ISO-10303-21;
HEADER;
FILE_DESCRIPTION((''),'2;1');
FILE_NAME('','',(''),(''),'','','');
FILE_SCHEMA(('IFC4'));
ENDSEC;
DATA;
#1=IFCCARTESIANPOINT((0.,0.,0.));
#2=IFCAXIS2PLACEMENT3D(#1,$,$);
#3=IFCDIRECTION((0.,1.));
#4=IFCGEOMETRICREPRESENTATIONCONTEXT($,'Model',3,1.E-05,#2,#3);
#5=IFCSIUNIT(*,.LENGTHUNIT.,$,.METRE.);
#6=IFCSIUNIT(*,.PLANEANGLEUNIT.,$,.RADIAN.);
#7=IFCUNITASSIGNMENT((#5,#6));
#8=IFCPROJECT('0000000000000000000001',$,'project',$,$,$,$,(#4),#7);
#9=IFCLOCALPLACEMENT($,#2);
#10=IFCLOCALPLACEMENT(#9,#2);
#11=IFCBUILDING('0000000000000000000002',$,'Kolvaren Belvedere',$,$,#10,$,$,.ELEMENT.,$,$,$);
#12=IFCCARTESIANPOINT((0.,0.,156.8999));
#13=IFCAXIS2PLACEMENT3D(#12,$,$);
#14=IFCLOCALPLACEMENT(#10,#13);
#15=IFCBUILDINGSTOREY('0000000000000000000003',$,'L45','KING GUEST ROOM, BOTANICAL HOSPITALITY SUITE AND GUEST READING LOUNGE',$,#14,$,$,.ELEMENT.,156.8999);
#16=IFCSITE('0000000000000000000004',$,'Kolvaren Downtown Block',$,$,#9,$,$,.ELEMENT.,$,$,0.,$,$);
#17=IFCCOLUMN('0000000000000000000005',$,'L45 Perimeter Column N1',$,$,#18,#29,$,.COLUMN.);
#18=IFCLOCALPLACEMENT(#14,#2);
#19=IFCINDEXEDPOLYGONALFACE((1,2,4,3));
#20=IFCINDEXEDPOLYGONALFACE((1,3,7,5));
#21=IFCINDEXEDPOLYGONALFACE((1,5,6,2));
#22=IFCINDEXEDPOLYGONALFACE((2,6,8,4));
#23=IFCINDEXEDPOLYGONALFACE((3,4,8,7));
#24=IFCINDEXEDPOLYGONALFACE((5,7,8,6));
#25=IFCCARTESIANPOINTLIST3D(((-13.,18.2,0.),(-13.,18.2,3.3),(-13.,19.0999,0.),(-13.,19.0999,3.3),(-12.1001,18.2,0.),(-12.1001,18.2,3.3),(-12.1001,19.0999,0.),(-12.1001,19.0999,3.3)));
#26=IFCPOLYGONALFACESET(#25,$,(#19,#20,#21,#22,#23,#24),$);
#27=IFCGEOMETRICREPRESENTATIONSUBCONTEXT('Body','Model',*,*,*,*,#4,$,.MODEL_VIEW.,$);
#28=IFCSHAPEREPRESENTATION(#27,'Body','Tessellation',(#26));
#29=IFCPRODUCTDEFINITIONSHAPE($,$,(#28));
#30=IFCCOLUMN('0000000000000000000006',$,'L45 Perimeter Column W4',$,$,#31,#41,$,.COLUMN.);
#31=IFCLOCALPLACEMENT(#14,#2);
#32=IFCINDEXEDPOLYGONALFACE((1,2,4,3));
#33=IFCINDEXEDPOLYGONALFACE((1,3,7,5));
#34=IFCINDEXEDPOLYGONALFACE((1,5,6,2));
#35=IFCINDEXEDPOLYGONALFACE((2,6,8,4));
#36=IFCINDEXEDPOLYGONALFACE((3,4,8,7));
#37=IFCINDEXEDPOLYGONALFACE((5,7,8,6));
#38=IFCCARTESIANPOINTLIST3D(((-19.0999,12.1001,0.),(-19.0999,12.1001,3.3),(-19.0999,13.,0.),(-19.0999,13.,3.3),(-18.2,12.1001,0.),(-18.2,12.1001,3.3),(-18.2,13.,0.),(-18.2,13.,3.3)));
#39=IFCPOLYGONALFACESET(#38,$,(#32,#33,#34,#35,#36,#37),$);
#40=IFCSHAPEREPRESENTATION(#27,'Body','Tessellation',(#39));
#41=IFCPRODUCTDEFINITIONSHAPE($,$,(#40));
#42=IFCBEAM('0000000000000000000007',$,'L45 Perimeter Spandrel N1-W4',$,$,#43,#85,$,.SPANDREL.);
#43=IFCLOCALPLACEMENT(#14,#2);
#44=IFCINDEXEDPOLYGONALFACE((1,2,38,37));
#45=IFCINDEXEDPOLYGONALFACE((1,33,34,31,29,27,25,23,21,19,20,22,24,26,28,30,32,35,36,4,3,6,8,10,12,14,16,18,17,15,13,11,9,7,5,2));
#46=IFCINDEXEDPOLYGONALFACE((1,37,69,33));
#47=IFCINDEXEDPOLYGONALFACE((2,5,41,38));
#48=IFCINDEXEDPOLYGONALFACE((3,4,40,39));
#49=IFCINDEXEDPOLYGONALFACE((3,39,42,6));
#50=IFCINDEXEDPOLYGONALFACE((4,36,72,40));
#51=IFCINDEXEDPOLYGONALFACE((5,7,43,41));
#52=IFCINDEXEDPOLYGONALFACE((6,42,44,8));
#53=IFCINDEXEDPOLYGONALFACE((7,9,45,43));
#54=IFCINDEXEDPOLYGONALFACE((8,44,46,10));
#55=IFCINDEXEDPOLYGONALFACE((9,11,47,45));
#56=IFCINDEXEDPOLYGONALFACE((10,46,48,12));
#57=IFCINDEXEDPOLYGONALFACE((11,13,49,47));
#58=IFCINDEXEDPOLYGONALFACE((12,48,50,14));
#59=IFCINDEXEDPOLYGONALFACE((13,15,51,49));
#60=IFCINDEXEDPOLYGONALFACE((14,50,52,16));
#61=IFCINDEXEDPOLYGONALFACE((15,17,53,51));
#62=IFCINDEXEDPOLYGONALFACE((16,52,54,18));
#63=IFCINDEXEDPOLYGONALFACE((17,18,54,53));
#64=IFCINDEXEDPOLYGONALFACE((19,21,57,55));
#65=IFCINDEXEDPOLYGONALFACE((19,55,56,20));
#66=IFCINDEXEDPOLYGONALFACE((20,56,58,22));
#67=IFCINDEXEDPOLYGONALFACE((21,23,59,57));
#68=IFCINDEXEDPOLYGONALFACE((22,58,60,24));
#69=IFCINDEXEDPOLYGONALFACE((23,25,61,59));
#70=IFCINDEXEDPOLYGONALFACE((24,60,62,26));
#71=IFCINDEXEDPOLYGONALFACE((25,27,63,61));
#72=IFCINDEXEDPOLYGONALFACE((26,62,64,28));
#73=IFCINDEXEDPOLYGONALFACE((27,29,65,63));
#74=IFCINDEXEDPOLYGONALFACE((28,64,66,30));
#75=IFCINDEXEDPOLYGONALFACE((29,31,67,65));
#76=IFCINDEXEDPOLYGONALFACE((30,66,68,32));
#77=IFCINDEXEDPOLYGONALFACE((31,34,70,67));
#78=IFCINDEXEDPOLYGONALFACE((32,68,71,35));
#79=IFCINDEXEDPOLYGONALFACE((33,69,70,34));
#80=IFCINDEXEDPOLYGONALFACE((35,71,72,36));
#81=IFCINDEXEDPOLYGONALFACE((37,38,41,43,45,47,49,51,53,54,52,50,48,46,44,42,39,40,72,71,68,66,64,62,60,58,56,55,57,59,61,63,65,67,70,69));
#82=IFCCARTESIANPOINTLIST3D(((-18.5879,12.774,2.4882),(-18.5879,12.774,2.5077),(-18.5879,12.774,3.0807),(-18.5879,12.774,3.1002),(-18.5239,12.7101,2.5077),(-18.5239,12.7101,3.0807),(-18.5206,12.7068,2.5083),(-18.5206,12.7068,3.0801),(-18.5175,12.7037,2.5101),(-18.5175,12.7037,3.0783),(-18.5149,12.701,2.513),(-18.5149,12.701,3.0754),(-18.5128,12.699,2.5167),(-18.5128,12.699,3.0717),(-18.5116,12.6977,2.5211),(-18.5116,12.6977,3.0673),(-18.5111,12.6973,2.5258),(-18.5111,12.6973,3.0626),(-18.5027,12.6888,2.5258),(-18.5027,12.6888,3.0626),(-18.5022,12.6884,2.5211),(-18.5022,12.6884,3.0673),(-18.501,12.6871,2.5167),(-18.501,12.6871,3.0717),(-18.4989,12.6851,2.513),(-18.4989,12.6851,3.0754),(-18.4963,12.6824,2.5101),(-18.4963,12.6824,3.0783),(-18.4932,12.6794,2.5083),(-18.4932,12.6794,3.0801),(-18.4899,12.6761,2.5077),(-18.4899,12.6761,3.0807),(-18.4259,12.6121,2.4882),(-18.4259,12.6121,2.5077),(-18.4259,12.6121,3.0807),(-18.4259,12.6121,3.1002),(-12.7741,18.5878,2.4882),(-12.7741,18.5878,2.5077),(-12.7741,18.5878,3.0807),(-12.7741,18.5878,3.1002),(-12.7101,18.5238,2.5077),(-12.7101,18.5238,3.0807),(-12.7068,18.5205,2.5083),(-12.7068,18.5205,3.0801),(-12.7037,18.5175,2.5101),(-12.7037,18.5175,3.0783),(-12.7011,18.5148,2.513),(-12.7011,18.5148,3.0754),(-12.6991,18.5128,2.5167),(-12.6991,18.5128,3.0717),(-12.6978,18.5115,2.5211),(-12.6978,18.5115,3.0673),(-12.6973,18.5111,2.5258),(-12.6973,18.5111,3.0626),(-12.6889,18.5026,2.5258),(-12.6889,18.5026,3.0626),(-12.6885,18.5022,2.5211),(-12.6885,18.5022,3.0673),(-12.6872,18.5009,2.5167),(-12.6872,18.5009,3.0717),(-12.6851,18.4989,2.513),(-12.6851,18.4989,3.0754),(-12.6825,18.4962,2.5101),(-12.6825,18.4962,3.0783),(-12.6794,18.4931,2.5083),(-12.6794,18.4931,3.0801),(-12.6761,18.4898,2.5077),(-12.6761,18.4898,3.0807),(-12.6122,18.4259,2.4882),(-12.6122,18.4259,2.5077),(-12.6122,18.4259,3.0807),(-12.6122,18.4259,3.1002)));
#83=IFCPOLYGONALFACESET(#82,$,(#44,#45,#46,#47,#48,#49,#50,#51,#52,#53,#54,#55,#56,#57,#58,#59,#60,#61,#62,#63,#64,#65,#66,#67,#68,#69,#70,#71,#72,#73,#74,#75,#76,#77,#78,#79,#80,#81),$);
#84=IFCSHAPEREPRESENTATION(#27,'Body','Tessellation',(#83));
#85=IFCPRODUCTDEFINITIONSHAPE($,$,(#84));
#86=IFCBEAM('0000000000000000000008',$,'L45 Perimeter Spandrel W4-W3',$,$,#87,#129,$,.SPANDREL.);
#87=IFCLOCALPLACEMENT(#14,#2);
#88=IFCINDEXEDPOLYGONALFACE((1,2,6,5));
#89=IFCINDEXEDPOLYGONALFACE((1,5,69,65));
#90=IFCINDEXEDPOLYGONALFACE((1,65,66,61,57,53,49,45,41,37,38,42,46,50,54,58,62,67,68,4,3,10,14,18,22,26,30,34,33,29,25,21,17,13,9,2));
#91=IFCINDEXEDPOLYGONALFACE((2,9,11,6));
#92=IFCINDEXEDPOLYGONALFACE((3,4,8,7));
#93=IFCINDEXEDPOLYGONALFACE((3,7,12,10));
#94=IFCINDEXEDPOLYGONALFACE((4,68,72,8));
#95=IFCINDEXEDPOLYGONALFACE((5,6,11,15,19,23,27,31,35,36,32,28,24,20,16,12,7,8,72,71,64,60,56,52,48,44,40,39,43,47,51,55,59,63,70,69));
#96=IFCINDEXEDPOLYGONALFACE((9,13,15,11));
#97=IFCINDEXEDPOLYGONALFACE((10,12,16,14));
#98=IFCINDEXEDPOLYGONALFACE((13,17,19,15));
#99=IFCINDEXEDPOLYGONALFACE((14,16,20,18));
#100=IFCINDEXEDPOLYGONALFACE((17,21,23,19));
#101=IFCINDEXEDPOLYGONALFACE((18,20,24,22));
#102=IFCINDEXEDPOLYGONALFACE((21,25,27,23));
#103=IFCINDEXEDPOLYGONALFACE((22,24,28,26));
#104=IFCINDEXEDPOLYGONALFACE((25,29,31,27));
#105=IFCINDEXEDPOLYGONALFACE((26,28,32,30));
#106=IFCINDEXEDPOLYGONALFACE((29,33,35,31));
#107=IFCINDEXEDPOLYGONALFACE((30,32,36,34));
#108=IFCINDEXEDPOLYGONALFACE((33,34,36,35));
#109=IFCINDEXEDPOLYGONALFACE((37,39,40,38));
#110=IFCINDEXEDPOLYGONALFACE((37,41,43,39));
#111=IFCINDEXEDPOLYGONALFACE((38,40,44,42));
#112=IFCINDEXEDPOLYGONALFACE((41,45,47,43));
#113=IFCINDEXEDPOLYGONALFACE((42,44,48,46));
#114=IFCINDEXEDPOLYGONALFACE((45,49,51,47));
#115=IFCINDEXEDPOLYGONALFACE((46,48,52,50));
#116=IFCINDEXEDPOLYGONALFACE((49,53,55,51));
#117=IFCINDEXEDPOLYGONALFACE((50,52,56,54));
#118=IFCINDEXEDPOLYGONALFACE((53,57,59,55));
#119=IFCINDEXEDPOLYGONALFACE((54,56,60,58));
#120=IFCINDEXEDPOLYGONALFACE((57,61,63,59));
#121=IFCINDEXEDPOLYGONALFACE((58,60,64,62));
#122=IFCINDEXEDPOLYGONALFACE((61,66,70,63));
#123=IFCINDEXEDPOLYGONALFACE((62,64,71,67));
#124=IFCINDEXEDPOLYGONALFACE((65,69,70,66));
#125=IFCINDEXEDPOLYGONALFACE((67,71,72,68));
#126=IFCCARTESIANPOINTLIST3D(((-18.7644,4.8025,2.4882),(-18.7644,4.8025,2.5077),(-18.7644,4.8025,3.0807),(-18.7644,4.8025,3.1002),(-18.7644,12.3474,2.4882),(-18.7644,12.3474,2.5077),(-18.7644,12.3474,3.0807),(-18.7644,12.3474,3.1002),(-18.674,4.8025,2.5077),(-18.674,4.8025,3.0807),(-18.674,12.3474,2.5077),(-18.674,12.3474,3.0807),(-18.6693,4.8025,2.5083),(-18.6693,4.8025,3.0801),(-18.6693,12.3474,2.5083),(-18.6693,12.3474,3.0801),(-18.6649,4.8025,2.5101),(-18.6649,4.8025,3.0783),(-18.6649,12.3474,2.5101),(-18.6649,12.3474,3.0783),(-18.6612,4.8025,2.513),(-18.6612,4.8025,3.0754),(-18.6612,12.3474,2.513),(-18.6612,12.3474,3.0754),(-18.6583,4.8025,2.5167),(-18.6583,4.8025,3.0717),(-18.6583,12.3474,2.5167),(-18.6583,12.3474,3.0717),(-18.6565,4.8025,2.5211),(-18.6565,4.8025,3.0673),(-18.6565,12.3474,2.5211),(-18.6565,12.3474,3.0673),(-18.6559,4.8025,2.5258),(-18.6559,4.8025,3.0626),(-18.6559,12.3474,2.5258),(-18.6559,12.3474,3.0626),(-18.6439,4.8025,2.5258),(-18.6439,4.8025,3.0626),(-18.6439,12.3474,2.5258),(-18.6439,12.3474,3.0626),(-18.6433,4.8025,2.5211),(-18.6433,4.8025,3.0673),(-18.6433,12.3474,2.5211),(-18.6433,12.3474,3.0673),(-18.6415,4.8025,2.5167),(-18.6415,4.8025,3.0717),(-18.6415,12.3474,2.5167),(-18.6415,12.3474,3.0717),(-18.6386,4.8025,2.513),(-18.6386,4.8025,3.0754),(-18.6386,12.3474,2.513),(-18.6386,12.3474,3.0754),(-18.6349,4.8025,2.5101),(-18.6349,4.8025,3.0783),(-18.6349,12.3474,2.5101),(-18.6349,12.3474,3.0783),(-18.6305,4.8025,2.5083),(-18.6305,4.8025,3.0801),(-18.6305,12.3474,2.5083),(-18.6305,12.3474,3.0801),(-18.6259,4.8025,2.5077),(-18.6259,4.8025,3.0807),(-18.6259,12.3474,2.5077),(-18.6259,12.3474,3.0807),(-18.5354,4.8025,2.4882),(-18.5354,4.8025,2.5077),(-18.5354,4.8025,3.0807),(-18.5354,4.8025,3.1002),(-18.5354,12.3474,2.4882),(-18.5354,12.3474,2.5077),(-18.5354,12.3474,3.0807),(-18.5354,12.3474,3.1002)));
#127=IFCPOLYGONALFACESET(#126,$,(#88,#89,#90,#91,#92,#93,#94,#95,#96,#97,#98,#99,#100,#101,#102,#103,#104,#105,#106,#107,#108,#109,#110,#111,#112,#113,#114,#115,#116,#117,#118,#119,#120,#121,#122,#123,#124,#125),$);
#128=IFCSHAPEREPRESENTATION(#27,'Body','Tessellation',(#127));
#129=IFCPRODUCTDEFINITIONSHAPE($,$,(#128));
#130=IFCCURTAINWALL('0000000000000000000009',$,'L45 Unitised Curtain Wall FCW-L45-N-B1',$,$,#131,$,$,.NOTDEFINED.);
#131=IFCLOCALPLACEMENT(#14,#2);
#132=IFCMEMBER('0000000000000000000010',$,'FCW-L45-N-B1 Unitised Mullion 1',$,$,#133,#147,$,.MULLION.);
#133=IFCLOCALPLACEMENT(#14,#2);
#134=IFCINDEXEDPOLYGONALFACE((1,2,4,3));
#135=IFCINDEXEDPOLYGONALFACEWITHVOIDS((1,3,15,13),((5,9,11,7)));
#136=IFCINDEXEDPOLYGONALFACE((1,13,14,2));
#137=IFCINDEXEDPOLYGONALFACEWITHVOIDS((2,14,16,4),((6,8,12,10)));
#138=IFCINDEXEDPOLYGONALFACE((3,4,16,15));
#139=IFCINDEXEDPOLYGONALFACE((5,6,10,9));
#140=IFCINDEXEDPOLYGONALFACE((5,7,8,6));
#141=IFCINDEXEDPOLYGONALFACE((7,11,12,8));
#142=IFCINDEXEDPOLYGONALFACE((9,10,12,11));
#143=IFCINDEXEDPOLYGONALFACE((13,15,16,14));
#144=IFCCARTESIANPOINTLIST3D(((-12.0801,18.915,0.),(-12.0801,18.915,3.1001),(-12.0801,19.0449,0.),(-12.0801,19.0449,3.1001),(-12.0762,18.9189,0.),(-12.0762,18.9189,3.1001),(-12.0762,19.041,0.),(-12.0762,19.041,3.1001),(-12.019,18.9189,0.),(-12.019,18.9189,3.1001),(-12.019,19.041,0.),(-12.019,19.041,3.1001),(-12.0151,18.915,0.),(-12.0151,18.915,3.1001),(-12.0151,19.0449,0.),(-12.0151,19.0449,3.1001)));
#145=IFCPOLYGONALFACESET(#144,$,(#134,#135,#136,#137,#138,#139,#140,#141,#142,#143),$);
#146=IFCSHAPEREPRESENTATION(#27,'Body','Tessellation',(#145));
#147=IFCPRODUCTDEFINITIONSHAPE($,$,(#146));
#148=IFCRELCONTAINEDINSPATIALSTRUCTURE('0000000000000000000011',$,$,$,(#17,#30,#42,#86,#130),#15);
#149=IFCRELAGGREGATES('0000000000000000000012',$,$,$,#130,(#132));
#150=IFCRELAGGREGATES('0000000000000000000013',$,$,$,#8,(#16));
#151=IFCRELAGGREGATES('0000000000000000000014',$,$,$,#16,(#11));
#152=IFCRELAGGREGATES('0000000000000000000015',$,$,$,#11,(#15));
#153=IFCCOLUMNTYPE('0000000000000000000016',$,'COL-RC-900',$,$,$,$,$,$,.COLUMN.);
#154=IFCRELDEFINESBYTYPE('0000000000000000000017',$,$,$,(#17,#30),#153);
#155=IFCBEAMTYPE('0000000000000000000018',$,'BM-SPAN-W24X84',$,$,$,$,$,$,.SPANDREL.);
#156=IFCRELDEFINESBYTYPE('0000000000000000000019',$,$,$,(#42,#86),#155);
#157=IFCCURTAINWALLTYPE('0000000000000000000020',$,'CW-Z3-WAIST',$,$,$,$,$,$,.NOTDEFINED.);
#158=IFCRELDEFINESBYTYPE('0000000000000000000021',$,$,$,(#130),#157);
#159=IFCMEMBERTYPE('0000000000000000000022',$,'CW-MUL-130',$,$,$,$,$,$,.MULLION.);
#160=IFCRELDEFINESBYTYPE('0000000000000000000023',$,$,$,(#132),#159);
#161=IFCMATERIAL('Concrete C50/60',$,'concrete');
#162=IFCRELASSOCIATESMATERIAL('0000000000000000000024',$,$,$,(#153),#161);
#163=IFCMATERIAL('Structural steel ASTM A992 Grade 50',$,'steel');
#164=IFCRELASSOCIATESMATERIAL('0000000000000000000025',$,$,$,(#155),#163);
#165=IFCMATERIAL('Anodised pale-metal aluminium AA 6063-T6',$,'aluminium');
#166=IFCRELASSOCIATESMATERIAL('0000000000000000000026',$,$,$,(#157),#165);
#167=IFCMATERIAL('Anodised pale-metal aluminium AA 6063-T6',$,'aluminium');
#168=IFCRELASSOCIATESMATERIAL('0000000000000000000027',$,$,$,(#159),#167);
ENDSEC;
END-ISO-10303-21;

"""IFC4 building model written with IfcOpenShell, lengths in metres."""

from ifc_helpers import new_model, si_unit, direction, frame, origin, origin_2d, place, context, subcontext, project, spatial, rectangle, hollow_rectangle, i_section, extrude, material, material_profile, profile_set, type_object, element, aggregate, save


model = new_model("IFC4")

# Units and contexts
model_context = context("Model", 3, precision=1e-05, world=origin(), true_north=direction((0.0, 1.0)))
body_context = subcontext(model_context, "Body", "Model", "MODEL_VIEW")
ifc_project = project(units=[si_unit("LENGTHUNIT", "METRE"), si_unit("PLANEANGLEUNIT", "RADIAN")], contexts=[model_context])

# Site, building, storey
site_placement = place(None, origin())
site = spatial("IfcSite", under=ifc_project, at=site_placement, Name="Kolvaren Downtown Block", CompositionType="ELEMENT", RefElevation=0.0)
building_placement = place(site_placement, origin())
building = spatial("IfcBuilding", under=site, at=building_placement, Name="Kolvaren Belvedere", CompositionType="ELEMENT")
storey_placement = place(building_placement, frame((0.0, 0.0, 156.8999)))
storey = spatial("IfcBuildingStorey", under=building, at=storey_placement, Name="L45", Description="KING GUEST ROOM, BOTANICAL HOSPITALITY SUITE AND GUEST READING LOUNGE", CompositionType="ELEMENT", Elevation=156.8999)

# Columns
ifc_material_1 = material(Name="Concrete C50/60", Category="concrete")
ifc_material_profile_1 = material_profile(ifc_material_1, rectangle(XDim=0.8999, YDim=0.8999, at=origin_2d()), Name="RC 900X900")
ifc_profile_set_1 = profile_set([ifc_material_profile_1], Name="Concrete C50/60")
column_type = type_object("IfcColumnType", Name="COL-RC-900", PredefinedType="COLUMN", material=ifc_profile_set_1)
for number, where, z_axis, x_axis, name in (
    (1, (-12.55, 18.6499, 0.0), (0.0, 0.0, 1.0), (1.0, 0.0, 0.0), "L45 Perimeter Column N1"),
    (2, (-18.6499, 12.55, 0.0), (0.0, 0.0, 1.0), (1.0, 0.0, 0.0), "L45 Perimeter Column W4"),
):
    element("IfcColumn", number, at=place(storey_placement, frame(where, z_axis=z_axis, x_axis=x_axis)), inside=storey, type_object=column_type, Name=name, PredefinedType="COLUMN", context=body_context, shape_type="SweptSolid", body=[
        extrude(rectangle(XDim=0.8999, YDim=0.8999, at=origin_2d()), origin(), (0.0, 0.0, 1.0), 3.3),
    ])

# Beams
ifc_material_2 = material(Name="Structural steel ASTM A992 Grade 50", Category="steel")
ifc_material_profile_2 = material_profile(ifc_material_2, i_section(OverallWidth=0.229, OverallDepth=0.6121, WebThickness=0.012, FlangeThickness=0.0195, FilletRadius=0.0181, at=origin_2d()), Name="W24X84")
ifc_profile_set_2 = profile_set([ifc_material_profile_2], Name="Structural steel ASTM A992 Grade 50")
beam_type = type_object("IfcBeamType", Name="BM-SPAN-W24X84", PredefinedType="SPANDREL", material=ifc_profile_set_2)
beam_1_placement = place(storey_placement, frame((-12.6931, 18.5068, 2.7942), z_axis=(-0.707107, -0.707107, 0.0), x_axis=(0.707107, -0.707107, 0.0)))
element("IfcBeam", 3, at=beam_1_placement, inside=storey, type_object=beam_type, Name="L45 Perimeter Spandrel N1-W4", PredefinedType="SPANDREL", context=body_context, shape_type="SweptSolid", body=[
    extrude(i_section(OverallWidth=0.229, OverallDepth=0.6121, WebThickness=0.012, FlangeThickness=0.0195, FilletRadius=0.0181, at=origin_2d()), origin(), (0.0, 0.0, 1.0), 8.2219),
])
beam_2_placement = place(storey_placement, frame((-18.6499, 12.3474, 2.7942), z_axis=(0.0, -1.0, 0.0), x_axis=(1.0, 0.0, 0.0)))
element("IfcBeam", 4, at=beam_2_placement, inside=storey, type_object=beam_type, Name="L45 Perimeter Spandrel W4-W3", PredefinedType="SPANDREL", context=body_context, shape_type="SweptSolid", body=[
    extrude(i_section(OverallWidth=0.229, OverallDepth=0.6121, WebThickness=0.012, FlangeThickness=0.0195, FilletRadius=0.0181, at=origin_2d()), origin(), (0.0, 0.0, 1.0), 7.5449),
])

# Curtain wall, member
ifc_material_3 = material(Name="Anodised pale-metal aluminium AA 6063-T6", Category="aluminium")
curtain_wall_type = type_object("IfcCurtainWallType", Name="CW-Z3-WAIST", PredefinedType="NOTDEFINED", material=ifc_material_3)
curtain_wall_placement = place(storey_placement, origin())
curtain_wall = element("IfcCurtainWall", 5, at=curtain_wall_placement, inside=storey, type_object=curtain_wall_type, Name="L45 Unitised Curtain Wall FCW-L45-N-B1", PredefinedType="NOTDEFINED")
ifc_material_4 = material(Name="Anodised pale-metal aluminium AA 6063-T6", Category="aluminium")
ifc_material_profile_3 = material_profile(ifc_material_4, hollow_rectangle(XDim=0.0649, YDim=0.1299, WallThickness=0.0039, at=origin_2d()), Name="ALU-MUL-130X65")
ifc_profile_set_3 = profile_set([ifc_material_profile_3], Name="Anodised pale-metal aluminium AA 6063-T6")
member_type = type_object("IfcMemberType", Name="CW-MUL-130", PredefinedType="MULLION", material=ifc_profile_set_3)
member_placement = place(storey_placement, frame((-12.0476, 18.98, 0.0), z_axis=(0.0, 0.0, 1.0), x_axis=(1.0, 0.0, 0.0)))
member = element("IfcMember", 6, at=member_placement, type_object=member_type, Name="FCW-L45-N-B1 Unitised Mullion 1", PredefinedType="MULLION", context=body_context, shape_type="SweptSolid", body=[
    extrude(hollow_rectangle(XDim=0.0649, YDim=0.1299, WallThickness=0.0039, at=origin_2d()), origin(), (0.0, 0.0, 1.0), 3.1001),
])
aggregate(curtain_wall, [member])

save(model, "model.ifc")
